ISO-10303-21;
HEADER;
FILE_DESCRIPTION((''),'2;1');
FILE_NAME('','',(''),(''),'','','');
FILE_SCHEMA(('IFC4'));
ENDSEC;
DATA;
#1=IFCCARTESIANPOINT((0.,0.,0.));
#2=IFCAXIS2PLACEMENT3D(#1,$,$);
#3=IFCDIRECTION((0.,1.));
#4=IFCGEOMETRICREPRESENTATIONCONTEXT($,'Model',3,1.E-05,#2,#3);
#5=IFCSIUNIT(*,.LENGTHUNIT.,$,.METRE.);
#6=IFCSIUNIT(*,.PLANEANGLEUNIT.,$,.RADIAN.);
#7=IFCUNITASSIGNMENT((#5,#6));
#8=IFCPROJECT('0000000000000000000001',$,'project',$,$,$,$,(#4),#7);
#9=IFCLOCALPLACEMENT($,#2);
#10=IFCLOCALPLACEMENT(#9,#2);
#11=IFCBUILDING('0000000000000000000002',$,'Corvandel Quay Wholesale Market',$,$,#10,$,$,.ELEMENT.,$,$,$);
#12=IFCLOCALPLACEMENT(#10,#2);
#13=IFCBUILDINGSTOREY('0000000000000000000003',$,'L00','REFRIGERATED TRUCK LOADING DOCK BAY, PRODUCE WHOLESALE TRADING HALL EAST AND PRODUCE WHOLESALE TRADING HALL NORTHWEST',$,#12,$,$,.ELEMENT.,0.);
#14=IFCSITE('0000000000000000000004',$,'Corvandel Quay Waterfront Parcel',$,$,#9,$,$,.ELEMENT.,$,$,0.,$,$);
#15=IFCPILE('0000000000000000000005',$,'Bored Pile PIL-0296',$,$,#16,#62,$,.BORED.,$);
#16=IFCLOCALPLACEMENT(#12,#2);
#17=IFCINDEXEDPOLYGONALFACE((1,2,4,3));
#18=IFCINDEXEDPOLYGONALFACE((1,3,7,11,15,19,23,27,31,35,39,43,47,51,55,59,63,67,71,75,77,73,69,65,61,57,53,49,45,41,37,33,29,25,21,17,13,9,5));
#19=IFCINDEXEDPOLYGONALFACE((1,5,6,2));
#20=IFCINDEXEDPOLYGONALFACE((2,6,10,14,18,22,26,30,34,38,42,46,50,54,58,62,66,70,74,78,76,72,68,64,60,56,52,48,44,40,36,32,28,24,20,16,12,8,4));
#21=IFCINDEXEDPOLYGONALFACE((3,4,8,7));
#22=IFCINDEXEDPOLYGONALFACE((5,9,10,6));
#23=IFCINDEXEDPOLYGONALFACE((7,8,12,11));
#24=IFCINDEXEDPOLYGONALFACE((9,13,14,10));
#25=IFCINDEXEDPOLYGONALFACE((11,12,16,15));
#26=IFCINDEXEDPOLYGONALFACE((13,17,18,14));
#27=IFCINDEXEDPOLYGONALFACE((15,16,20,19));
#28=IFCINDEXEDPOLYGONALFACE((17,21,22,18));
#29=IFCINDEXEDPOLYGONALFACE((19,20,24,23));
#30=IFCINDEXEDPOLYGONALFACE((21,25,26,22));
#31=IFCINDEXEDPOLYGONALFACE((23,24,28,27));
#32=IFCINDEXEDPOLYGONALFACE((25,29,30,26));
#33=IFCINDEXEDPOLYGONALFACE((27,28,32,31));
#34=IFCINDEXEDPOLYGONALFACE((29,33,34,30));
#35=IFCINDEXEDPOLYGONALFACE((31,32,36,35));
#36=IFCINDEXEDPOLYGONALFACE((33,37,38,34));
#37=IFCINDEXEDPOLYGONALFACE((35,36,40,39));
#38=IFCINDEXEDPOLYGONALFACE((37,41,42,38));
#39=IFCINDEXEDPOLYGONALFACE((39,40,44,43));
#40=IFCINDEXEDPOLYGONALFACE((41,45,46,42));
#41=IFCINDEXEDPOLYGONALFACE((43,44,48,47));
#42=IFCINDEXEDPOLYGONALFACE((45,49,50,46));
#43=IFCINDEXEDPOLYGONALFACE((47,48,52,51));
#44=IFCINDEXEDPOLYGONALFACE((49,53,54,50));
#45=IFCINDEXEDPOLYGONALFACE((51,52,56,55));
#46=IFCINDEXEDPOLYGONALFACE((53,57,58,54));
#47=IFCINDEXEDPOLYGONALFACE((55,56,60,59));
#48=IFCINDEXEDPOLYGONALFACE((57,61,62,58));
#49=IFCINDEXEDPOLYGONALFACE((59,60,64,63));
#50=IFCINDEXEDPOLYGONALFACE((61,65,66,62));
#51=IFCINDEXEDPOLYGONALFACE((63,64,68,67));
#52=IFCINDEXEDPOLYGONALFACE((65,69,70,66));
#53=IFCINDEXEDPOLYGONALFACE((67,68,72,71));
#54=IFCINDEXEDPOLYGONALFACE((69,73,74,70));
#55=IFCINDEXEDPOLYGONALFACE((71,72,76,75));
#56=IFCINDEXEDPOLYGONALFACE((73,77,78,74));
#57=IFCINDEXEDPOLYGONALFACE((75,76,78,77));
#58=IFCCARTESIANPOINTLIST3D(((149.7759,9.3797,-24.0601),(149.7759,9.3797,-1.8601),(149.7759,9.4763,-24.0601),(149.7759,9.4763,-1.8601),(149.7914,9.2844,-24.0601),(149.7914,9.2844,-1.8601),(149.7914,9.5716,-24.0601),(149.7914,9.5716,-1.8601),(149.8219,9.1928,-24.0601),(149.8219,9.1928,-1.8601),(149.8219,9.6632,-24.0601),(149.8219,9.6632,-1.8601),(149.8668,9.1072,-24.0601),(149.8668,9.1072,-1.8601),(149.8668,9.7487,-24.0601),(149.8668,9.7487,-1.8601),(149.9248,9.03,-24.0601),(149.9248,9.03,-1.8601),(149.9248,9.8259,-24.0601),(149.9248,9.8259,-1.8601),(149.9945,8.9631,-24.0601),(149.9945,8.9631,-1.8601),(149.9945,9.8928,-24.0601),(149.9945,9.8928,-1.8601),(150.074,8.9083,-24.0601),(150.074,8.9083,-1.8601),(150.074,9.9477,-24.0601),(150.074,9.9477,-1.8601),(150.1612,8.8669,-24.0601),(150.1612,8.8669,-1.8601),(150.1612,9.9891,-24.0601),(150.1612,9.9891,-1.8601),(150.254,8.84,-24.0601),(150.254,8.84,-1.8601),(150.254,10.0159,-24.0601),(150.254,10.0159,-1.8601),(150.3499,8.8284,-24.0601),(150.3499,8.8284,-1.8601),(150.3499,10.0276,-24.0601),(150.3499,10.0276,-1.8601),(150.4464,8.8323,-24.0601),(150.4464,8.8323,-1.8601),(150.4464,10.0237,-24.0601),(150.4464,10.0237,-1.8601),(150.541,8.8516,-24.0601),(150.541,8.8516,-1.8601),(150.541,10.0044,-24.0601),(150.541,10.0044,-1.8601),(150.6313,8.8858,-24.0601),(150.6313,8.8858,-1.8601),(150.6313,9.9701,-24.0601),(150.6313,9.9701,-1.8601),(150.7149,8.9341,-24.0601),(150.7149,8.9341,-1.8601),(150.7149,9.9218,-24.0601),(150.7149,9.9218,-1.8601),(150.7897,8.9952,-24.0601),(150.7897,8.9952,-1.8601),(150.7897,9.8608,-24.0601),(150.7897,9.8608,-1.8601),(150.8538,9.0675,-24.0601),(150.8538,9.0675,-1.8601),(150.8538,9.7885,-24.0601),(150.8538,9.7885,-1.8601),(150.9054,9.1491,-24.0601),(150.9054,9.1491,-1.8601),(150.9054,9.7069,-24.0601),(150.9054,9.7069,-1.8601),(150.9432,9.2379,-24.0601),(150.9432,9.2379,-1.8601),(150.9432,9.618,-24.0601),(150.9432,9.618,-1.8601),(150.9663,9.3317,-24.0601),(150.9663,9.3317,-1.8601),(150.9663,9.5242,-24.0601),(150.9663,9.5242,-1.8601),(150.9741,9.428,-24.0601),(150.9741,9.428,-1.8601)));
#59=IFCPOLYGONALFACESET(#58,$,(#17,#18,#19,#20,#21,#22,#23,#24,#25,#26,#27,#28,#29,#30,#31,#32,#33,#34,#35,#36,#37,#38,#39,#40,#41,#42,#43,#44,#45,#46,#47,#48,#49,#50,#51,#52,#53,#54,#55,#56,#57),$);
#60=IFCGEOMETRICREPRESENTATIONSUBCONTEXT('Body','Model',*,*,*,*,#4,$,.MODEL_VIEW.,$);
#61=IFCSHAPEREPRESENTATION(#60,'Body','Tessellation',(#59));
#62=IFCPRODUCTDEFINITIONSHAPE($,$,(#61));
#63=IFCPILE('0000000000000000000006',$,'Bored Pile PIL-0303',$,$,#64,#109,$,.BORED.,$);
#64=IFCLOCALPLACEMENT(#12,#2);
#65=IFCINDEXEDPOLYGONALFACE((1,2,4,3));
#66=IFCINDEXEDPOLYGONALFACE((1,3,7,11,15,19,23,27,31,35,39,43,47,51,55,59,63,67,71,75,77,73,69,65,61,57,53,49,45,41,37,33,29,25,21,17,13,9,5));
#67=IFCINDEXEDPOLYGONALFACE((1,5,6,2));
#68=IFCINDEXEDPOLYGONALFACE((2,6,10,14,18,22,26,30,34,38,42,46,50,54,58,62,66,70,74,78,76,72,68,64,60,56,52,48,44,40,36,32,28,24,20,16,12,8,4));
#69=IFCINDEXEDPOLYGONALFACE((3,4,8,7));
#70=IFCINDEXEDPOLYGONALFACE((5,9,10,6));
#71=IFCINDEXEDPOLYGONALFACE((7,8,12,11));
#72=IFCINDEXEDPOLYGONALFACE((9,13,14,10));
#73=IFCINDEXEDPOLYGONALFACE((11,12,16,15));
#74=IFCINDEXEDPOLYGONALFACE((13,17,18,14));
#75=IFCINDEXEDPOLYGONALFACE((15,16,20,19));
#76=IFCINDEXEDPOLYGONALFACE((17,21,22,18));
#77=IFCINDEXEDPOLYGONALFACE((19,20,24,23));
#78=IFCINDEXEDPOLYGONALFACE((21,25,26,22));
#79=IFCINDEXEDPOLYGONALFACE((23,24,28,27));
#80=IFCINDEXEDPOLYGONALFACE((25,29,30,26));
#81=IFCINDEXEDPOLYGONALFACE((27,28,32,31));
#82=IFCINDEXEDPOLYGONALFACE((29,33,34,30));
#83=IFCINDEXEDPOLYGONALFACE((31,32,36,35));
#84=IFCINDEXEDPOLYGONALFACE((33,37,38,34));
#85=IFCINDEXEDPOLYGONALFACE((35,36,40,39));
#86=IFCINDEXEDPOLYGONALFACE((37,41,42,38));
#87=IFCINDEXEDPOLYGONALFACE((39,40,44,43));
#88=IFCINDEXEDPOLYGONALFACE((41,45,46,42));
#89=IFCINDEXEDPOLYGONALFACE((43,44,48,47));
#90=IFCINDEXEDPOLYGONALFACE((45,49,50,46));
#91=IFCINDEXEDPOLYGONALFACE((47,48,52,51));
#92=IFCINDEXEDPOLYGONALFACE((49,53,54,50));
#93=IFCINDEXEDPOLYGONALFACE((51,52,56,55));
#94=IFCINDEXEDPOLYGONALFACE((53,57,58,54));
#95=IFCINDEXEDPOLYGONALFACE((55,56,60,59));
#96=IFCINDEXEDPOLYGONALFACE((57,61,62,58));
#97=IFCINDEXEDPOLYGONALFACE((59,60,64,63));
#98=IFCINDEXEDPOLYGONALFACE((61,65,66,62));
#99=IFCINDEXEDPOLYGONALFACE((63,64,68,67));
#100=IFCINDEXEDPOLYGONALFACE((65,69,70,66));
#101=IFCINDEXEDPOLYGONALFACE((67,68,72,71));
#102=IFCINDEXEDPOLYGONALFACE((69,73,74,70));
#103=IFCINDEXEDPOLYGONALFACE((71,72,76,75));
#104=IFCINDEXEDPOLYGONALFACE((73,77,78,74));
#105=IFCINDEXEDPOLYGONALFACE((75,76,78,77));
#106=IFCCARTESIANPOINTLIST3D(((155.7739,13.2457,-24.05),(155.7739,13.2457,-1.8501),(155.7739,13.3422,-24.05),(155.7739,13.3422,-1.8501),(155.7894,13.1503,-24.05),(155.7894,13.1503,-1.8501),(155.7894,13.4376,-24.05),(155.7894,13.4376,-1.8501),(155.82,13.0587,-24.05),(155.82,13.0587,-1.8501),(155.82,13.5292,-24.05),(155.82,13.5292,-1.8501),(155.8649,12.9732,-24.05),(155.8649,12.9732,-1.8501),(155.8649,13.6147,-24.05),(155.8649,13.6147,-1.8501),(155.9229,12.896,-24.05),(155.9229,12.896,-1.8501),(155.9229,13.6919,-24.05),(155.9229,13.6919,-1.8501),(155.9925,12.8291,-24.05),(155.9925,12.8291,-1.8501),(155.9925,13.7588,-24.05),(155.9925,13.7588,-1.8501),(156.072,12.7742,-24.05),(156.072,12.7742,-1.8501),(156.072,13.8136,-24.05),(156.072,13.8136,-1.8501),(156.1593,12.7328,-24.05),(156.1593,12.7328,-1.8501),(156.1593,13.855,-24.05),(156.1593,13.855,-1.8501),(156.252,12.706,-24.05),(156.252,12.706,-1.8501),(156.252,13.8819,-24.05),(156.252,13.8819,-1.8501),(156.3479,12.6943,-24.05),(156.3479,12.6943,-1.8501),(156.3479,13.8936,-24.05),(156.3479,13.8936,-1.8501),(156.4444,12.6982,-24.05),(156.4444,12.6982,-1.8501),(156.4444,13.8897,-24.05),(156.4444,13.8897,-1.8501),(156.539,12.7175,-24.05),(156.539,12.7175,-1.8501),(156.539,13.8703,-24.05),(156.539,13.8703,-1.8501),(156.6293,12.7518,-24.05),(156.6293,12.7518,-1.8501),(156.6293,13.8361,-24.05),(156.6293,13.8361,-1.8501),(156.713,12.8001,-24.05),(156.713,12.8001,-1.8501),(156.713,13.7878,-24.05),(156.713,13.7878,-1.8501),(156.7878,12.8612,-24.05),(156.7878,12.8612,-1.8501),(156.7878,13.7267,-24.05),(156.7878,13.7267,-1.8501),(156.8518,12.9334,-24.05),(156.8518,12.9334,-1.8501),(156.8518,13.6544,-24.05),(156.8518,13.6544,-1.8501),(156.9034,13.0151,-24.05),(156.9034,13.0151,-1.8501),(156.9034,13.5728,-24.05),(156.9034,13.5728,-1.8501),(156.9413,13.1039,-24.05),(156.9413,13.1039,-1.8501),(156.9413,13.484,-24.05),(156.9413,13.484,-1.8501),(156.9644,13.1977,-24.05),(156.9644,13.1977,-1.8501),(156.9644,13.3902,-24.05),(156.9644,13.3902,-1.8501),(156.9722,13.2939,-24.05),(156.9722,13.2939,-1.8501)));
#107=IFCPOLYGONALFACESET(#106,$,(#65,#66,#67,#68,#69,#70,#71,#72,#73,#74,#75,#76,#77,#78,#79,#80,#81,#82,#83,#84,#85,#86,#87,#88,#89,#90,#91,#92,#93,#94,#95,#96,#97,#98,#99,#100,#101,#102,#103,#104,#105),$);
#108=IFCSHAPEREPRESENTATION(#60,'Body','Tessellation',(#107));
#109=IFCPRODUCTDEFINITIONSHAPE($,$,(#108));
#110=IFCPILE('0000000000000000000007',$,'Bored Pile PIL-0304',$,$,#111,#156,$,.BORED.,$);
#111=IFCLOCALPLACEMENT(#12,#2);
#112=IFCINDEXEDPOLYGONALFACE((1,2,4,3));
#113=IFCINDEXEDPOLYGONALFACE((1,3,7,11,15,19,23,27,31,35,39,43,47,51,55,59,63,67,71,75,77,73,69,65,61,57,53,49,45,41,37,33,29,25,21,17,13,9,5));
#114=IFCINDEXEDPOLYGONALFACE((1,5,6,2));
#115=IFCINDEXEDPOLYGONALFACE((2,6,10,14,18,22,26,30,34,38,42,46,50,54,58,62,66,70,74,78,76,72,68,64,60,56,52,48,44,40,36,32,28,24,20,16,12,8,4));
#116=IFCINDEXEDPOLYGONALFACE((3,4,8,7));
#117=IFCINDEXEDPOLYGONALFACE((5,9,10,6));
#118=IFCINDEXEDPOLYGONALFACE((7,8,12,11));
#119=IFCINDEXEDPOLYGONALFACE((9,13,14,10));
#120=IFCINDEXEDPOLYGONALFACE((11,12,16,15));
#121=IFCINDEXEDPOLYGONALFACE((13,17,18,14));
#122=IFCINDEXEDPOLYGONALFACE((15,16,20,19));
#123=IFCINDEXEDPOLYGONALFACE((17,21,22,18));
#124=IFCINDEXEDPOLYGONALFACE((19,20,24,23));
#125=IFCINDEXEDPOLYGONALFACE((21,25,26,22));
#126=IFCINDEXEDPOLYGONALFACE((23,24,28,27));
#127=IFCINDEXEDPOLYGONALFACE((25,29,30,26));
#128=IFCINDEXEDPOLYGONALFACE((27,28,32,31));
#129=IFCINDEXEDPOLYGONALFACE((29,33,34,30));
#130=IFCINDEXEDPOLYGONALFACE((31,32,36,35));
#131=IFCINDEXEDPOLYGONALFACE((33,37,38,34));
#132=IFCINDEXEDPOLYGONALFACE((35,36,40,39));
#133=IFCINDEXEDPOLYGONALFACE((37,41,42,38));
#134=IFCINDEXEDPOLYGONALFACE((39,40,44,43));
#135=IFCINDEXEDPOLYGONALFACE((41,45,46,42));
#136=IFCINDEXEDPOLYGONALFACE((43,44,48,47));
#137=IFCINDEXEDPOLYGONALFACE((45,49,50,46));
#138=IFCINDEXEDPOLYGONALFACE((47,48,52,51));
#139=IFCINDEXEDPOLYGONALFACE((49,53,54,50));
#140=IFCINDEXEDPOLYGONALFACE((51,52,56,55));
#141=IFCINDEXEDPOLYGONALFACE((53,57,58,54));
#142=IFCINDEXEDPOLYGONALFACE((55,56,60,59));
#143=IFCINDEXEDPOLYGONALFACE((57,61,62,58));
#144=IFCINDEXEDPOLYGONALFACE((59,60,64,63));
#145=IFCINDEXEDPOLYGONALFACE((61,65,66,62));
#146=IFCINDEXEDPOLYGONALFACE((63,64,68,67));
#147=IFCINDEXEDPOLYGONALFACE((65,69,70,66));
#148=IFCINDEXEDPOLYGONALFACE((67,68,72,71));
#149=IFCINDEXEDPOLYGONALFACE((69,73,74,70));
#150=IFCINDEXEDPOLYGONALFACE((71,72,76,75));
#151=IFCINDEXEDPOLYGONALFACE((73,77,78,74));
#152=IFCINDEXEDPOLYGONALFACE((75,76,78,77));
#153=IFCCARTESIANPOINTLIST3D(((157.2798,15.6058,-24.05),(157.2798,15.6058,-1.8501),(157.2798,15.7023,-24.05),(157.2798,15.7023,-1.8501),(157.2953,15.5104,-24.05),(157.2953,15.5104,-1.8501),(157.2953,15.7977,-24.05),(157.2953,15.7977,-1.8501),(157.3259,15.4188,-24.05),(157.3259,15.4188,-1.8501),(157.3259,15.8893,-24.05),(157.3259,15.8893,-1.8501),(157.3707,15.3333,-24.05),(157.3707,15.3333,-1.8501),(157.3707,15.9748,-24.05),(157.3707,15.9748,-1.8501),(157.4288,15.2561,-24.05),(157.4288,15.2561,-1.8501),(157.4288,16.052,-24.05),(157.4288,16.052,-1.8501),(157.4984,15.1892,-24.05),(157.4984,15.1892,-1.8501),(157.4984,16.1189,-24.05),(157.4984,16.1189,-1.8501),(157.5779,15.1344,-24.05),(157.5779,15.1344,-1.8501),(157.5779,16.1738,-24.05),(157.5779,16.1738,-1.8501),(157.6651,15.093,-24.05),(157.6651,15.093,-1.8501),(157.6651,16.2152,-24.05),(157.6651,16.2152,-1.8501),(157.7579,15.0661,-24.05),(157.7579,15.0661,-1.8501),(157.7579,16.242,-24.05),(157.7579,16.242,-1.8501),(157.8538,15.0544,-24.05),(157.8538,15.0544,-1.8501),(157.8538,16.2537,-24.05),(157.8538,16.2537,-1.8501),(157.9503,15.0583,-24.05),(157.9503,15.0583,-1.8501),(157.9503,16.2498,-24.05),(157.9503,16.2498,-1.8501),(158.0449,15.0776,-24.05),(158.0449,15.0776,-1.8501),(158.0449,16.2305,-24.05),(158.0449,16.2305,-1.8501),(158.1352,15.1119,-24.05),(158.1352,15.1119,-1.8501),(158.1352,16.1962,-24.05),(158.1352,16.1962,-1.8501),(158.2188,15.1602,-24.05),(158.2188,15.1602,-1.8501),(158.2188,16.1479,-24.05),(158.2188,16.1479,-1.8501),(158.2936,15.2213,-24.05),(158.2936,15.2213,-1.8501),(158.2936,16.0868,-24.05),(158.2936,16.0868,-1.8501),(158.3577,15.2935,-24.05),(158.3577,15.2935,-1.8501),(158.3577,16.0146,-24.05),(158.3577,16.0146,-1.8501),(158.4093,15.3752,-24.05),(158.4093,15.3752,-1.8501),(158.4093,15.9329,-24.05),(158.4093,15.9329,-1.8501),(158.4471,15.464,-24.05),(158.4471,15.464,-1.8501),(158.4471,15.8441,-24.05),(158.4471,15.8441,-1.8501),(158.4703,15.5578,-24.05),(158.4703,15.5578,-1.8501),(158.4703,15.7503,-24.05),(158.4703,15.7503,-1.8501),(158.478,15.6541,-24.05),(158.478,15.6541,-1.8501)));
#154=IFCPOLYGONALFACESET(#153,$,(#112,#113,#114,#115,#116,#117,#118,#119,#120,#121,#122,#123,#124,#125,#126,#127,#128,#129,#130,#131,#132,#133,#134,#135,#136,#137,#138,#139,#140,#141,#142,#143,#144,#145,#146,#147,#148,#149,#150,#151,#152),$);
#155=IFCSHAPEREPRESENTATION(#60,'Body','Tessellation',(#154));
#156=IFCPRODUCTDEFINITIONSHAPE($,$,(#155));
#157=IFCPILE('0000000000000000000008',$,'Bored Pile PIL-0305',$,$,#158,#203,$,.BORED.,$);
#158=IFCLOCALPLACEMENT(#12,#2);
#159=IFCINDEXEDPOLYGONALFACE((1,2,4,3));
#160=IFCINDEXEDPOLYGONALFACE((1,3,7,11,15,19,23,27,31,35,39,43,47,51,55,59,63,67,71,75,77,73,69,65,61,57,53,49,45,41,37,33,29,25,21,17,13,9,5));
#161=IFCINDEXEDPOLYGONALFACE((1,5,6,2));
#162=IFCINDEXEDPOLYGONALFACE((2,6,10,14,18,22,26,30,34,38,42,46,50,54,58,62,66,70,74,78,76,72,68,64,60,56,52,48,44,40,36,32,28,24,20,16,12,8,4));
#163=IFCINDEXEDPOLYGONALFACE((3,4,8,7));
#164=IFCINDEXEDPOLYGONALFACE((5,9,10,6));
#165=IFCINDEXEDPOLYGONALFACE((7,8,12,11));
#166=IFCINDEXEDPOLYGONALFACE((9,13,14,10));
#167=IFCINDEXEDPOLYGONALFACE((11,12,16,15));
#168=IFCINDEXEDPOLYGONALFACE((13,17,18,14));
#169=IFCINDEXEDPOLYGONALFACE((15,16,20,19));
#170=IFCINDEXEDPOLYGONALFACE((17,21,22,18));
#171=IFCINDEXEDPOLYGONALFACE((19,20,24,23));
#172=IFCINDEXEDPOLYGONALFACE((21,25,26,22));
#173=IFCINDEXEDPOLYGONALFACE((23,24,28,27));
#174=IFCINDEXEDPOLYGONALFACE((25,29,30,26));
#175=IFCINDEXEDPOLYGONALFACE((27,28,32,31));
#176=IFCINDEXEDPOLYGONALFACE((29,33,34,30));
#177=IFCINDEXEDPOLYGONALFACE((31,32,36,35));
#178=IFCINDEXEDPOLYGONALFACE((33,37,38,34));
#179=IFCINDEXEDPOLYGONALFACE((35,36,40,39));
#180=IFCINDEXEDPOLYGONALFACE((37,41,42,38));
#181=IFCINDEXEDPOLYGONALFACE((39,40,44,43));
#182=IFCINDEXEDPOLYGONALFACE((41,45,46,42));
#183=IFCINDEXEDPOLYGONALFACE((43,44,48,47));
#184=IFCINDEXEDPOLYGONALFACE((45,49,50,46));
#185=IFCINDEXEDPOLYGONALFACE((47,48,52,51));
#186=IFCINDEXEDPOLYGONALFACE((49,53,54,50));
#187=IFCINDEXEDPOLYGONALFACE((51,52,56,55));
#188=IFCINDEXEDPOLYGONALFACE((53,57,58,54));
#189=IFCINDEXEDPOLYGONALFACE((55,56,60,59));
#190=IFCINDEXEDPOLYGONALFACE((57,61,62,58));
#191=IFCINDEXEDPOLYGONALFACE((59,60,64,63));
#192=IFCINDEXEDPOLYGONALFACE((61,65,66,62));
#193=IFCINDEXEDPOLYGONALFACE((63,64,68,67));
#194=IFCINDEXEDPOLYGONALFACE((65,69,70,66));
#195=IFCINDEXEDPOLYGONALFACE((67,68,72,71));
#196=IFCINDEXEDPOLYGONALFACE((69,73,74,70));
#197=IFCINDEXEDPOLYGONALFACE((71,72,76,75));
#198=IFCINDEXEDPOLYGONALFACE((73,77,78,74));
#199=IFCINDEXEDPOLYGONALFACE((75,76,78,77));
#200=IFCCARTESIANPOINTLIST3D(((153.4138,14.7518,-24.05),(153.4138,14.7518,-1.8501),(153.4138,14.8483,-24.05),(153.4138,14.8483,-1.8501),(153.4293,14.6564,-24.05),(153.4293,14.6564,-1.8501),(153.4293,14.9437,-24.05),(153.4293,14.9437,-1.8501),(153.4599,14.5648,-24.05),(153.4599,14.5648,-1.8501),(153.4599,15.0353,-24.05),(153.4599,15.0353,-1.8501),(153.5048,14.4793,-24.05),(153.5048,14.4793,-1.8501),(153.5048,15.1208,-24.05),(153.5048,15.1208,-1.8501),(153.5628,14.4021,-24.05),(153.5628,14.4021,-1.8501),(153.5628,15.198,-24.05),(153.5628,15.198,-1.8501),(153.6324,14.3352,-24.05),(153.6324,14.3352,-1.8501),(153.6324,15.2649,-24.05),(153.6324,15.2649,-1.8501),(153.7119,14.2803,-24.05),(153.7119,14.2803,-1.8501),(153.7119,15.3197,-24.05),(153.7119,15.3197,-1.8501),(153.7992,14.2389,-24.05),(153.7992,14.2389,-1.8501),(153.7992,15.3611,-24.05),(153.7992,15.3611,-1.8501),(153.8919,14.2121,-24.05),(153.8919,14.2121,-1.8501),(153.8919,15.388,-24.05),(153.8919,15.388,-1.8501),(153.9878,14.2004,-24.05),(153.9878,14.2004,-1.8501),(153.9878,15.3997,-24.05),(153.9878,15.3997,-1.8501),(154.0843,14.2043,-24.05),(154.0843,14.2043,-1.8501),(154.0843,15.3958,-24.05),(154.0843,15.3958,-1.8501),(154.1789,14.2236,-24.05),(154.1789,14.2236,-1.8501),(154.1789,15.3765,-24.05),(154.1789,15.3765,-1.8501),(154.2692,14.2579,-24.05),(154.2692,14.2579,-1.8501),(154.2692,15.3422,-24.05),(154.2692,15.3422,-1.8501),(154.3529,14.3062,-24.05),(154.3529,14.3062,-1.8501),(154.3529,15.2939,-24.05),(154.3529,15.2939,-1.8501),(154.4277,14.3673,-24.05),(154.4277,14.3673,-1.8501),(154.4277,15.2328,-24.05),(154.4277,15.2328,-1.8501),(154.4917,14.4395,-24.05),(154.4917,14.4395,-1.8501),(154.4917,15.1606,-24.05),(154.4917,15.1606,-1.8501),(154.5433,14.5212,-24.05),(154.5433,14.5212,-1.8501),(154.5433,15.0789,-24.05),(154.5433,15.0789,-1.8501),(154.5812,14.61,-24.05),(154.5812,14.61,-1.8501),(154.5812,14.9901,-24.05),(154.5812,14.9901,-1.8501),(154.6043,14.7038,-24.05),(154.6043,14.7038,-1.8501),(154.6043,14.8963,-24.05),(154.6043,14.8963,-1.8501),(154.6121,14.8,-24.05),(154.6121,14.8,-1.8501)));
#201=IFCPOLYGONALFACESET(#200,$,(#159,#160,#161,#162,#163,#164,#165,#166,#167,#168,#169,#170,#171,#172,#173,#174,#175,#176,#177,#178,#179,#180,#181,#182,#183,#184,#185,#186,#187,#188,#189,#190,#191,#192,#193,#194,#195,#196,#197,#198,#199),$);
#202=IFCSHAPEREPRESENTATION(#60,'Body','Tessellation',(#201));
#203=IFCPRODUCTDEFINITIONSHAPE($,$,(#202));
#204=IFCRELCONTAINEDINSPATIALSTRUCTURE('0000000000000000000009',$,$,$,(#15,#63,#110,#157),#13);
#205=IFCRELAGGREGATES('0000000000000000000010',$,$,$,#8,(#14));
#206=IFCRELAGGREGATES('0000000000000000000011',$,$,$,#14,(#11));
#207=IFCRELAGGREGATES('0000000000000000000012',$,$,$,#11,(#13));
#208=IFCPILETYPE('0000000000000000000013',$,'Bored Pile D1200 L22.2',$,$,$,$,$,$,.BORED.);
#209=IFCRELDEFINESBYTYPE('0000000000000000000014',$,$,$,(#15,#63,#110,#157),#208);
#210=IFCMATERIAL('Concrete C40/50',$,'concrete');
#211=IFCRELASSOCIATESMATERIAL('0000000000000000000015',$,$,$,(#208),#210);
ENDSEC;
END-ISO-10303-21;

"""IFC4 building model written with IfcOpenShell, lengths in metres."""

from ifc_helpers import new_model, si_unit, direction, frame, origin, origin_2d, place, context, subcontext, project, spatial, circle, extrude, material, material_profile, profile_set, type_object, element, save


model = new_model("IFC4")

# Units and contexts
model_context = context("Model", 3, precision=1e-05, world=origin(), true_north=direction((0.0, 1.0)))
body_context = subcontext(model_context, "Body", "Model", "MODEL_VIEW")
ifc_project = project(units=[si_unit("LENGTHUNIT", "METRE"), si_unit("PLANEANGLEUNIT", "RADIAN")], contexts=[model_context])

# Site, building, storey
site_placement = place(None, origin())
site = spatial("IfcSite", under=ifc_project, at=site_placement, Name="Corvandel Quay Waterfront Parcel", CompositionType="ELEMENT", RefElevation=0.0)
building_placement = place(site_placement, origin())
building = spatial("IfcBuilding", under=site, at=building_placement, Name="Corvandel Quay Wholesale Market", CompositionType="ELEMENT")
storey_placement = place(building_placement, origin())
storey = spatial("IfcBuildingStorey", under=building, at=storey_placement, Name="L00", Description="REFRIGERATED TRUCK LOADING DOCK BAY, PRODUCE WHOLESALE TRADING HALL EAST AND PRODUCE WHOLESALE TRADING HALL NORTHWEST", CompositionType="ELEMENT", Elevation=0.0)

# Piles
ifc_material_1 = material(Name="Concrete C40/50", Category="concrete")
ifc_material_profile_1 = material_profile(ifc_material_1, circle(Radius=0.6001, at=origin_2d()), Name="RC-PILE-D1200")
ifc_profile_set_1 = profile_set([ifc_material_profile_1], Name="Concrete C40/50")
pile_type = type_object("IfcPileType", Name="Bored Pile D1200 L22.2", PredefinedType="BORED", material=ifc_profile_set_1)
for number, where, z_axis, x_axis, name in (
    (1, (150.374, 9.428, -1.8601), (0.0, 0.0, -1.0), (1.0, 0.0, 0.0), "Bored Pile PIL-0296"),
    (2, (156.3721, 13.2939, -1.8501), (0.0, 0.0, -1.0), (1.0, 0.0, 0.0), "Bored Pile PIL-0303"),
    (3, (157.8779, 15.6541, -1.8501), (0.0, 0.0, -1.0), (1.0, 0.0, 0.0), "Bored Pile PIL-0304"),
    (4, (154.012, 14.8, -1.8501), (0.0, 0.0, -1.0), (1.0, 0.0, 0.0), "Bored Pile PIL-0305"),
):
    element("IfcPile", number, at=place(storey_placement, frame(where, z_axis=z_axis, x_axis=x_axis)), inside=storey, type_object=pile_type, Name=name, PredefinedType="BORED", context=body_context, shape_type="SweptSolid", body=[
        extrude(circle(Radius=0.6001, at=origin_2d()), origin(), (0.0, 0.0, 1.0), 22.2),
    ])

save(model, "model.ifc")
